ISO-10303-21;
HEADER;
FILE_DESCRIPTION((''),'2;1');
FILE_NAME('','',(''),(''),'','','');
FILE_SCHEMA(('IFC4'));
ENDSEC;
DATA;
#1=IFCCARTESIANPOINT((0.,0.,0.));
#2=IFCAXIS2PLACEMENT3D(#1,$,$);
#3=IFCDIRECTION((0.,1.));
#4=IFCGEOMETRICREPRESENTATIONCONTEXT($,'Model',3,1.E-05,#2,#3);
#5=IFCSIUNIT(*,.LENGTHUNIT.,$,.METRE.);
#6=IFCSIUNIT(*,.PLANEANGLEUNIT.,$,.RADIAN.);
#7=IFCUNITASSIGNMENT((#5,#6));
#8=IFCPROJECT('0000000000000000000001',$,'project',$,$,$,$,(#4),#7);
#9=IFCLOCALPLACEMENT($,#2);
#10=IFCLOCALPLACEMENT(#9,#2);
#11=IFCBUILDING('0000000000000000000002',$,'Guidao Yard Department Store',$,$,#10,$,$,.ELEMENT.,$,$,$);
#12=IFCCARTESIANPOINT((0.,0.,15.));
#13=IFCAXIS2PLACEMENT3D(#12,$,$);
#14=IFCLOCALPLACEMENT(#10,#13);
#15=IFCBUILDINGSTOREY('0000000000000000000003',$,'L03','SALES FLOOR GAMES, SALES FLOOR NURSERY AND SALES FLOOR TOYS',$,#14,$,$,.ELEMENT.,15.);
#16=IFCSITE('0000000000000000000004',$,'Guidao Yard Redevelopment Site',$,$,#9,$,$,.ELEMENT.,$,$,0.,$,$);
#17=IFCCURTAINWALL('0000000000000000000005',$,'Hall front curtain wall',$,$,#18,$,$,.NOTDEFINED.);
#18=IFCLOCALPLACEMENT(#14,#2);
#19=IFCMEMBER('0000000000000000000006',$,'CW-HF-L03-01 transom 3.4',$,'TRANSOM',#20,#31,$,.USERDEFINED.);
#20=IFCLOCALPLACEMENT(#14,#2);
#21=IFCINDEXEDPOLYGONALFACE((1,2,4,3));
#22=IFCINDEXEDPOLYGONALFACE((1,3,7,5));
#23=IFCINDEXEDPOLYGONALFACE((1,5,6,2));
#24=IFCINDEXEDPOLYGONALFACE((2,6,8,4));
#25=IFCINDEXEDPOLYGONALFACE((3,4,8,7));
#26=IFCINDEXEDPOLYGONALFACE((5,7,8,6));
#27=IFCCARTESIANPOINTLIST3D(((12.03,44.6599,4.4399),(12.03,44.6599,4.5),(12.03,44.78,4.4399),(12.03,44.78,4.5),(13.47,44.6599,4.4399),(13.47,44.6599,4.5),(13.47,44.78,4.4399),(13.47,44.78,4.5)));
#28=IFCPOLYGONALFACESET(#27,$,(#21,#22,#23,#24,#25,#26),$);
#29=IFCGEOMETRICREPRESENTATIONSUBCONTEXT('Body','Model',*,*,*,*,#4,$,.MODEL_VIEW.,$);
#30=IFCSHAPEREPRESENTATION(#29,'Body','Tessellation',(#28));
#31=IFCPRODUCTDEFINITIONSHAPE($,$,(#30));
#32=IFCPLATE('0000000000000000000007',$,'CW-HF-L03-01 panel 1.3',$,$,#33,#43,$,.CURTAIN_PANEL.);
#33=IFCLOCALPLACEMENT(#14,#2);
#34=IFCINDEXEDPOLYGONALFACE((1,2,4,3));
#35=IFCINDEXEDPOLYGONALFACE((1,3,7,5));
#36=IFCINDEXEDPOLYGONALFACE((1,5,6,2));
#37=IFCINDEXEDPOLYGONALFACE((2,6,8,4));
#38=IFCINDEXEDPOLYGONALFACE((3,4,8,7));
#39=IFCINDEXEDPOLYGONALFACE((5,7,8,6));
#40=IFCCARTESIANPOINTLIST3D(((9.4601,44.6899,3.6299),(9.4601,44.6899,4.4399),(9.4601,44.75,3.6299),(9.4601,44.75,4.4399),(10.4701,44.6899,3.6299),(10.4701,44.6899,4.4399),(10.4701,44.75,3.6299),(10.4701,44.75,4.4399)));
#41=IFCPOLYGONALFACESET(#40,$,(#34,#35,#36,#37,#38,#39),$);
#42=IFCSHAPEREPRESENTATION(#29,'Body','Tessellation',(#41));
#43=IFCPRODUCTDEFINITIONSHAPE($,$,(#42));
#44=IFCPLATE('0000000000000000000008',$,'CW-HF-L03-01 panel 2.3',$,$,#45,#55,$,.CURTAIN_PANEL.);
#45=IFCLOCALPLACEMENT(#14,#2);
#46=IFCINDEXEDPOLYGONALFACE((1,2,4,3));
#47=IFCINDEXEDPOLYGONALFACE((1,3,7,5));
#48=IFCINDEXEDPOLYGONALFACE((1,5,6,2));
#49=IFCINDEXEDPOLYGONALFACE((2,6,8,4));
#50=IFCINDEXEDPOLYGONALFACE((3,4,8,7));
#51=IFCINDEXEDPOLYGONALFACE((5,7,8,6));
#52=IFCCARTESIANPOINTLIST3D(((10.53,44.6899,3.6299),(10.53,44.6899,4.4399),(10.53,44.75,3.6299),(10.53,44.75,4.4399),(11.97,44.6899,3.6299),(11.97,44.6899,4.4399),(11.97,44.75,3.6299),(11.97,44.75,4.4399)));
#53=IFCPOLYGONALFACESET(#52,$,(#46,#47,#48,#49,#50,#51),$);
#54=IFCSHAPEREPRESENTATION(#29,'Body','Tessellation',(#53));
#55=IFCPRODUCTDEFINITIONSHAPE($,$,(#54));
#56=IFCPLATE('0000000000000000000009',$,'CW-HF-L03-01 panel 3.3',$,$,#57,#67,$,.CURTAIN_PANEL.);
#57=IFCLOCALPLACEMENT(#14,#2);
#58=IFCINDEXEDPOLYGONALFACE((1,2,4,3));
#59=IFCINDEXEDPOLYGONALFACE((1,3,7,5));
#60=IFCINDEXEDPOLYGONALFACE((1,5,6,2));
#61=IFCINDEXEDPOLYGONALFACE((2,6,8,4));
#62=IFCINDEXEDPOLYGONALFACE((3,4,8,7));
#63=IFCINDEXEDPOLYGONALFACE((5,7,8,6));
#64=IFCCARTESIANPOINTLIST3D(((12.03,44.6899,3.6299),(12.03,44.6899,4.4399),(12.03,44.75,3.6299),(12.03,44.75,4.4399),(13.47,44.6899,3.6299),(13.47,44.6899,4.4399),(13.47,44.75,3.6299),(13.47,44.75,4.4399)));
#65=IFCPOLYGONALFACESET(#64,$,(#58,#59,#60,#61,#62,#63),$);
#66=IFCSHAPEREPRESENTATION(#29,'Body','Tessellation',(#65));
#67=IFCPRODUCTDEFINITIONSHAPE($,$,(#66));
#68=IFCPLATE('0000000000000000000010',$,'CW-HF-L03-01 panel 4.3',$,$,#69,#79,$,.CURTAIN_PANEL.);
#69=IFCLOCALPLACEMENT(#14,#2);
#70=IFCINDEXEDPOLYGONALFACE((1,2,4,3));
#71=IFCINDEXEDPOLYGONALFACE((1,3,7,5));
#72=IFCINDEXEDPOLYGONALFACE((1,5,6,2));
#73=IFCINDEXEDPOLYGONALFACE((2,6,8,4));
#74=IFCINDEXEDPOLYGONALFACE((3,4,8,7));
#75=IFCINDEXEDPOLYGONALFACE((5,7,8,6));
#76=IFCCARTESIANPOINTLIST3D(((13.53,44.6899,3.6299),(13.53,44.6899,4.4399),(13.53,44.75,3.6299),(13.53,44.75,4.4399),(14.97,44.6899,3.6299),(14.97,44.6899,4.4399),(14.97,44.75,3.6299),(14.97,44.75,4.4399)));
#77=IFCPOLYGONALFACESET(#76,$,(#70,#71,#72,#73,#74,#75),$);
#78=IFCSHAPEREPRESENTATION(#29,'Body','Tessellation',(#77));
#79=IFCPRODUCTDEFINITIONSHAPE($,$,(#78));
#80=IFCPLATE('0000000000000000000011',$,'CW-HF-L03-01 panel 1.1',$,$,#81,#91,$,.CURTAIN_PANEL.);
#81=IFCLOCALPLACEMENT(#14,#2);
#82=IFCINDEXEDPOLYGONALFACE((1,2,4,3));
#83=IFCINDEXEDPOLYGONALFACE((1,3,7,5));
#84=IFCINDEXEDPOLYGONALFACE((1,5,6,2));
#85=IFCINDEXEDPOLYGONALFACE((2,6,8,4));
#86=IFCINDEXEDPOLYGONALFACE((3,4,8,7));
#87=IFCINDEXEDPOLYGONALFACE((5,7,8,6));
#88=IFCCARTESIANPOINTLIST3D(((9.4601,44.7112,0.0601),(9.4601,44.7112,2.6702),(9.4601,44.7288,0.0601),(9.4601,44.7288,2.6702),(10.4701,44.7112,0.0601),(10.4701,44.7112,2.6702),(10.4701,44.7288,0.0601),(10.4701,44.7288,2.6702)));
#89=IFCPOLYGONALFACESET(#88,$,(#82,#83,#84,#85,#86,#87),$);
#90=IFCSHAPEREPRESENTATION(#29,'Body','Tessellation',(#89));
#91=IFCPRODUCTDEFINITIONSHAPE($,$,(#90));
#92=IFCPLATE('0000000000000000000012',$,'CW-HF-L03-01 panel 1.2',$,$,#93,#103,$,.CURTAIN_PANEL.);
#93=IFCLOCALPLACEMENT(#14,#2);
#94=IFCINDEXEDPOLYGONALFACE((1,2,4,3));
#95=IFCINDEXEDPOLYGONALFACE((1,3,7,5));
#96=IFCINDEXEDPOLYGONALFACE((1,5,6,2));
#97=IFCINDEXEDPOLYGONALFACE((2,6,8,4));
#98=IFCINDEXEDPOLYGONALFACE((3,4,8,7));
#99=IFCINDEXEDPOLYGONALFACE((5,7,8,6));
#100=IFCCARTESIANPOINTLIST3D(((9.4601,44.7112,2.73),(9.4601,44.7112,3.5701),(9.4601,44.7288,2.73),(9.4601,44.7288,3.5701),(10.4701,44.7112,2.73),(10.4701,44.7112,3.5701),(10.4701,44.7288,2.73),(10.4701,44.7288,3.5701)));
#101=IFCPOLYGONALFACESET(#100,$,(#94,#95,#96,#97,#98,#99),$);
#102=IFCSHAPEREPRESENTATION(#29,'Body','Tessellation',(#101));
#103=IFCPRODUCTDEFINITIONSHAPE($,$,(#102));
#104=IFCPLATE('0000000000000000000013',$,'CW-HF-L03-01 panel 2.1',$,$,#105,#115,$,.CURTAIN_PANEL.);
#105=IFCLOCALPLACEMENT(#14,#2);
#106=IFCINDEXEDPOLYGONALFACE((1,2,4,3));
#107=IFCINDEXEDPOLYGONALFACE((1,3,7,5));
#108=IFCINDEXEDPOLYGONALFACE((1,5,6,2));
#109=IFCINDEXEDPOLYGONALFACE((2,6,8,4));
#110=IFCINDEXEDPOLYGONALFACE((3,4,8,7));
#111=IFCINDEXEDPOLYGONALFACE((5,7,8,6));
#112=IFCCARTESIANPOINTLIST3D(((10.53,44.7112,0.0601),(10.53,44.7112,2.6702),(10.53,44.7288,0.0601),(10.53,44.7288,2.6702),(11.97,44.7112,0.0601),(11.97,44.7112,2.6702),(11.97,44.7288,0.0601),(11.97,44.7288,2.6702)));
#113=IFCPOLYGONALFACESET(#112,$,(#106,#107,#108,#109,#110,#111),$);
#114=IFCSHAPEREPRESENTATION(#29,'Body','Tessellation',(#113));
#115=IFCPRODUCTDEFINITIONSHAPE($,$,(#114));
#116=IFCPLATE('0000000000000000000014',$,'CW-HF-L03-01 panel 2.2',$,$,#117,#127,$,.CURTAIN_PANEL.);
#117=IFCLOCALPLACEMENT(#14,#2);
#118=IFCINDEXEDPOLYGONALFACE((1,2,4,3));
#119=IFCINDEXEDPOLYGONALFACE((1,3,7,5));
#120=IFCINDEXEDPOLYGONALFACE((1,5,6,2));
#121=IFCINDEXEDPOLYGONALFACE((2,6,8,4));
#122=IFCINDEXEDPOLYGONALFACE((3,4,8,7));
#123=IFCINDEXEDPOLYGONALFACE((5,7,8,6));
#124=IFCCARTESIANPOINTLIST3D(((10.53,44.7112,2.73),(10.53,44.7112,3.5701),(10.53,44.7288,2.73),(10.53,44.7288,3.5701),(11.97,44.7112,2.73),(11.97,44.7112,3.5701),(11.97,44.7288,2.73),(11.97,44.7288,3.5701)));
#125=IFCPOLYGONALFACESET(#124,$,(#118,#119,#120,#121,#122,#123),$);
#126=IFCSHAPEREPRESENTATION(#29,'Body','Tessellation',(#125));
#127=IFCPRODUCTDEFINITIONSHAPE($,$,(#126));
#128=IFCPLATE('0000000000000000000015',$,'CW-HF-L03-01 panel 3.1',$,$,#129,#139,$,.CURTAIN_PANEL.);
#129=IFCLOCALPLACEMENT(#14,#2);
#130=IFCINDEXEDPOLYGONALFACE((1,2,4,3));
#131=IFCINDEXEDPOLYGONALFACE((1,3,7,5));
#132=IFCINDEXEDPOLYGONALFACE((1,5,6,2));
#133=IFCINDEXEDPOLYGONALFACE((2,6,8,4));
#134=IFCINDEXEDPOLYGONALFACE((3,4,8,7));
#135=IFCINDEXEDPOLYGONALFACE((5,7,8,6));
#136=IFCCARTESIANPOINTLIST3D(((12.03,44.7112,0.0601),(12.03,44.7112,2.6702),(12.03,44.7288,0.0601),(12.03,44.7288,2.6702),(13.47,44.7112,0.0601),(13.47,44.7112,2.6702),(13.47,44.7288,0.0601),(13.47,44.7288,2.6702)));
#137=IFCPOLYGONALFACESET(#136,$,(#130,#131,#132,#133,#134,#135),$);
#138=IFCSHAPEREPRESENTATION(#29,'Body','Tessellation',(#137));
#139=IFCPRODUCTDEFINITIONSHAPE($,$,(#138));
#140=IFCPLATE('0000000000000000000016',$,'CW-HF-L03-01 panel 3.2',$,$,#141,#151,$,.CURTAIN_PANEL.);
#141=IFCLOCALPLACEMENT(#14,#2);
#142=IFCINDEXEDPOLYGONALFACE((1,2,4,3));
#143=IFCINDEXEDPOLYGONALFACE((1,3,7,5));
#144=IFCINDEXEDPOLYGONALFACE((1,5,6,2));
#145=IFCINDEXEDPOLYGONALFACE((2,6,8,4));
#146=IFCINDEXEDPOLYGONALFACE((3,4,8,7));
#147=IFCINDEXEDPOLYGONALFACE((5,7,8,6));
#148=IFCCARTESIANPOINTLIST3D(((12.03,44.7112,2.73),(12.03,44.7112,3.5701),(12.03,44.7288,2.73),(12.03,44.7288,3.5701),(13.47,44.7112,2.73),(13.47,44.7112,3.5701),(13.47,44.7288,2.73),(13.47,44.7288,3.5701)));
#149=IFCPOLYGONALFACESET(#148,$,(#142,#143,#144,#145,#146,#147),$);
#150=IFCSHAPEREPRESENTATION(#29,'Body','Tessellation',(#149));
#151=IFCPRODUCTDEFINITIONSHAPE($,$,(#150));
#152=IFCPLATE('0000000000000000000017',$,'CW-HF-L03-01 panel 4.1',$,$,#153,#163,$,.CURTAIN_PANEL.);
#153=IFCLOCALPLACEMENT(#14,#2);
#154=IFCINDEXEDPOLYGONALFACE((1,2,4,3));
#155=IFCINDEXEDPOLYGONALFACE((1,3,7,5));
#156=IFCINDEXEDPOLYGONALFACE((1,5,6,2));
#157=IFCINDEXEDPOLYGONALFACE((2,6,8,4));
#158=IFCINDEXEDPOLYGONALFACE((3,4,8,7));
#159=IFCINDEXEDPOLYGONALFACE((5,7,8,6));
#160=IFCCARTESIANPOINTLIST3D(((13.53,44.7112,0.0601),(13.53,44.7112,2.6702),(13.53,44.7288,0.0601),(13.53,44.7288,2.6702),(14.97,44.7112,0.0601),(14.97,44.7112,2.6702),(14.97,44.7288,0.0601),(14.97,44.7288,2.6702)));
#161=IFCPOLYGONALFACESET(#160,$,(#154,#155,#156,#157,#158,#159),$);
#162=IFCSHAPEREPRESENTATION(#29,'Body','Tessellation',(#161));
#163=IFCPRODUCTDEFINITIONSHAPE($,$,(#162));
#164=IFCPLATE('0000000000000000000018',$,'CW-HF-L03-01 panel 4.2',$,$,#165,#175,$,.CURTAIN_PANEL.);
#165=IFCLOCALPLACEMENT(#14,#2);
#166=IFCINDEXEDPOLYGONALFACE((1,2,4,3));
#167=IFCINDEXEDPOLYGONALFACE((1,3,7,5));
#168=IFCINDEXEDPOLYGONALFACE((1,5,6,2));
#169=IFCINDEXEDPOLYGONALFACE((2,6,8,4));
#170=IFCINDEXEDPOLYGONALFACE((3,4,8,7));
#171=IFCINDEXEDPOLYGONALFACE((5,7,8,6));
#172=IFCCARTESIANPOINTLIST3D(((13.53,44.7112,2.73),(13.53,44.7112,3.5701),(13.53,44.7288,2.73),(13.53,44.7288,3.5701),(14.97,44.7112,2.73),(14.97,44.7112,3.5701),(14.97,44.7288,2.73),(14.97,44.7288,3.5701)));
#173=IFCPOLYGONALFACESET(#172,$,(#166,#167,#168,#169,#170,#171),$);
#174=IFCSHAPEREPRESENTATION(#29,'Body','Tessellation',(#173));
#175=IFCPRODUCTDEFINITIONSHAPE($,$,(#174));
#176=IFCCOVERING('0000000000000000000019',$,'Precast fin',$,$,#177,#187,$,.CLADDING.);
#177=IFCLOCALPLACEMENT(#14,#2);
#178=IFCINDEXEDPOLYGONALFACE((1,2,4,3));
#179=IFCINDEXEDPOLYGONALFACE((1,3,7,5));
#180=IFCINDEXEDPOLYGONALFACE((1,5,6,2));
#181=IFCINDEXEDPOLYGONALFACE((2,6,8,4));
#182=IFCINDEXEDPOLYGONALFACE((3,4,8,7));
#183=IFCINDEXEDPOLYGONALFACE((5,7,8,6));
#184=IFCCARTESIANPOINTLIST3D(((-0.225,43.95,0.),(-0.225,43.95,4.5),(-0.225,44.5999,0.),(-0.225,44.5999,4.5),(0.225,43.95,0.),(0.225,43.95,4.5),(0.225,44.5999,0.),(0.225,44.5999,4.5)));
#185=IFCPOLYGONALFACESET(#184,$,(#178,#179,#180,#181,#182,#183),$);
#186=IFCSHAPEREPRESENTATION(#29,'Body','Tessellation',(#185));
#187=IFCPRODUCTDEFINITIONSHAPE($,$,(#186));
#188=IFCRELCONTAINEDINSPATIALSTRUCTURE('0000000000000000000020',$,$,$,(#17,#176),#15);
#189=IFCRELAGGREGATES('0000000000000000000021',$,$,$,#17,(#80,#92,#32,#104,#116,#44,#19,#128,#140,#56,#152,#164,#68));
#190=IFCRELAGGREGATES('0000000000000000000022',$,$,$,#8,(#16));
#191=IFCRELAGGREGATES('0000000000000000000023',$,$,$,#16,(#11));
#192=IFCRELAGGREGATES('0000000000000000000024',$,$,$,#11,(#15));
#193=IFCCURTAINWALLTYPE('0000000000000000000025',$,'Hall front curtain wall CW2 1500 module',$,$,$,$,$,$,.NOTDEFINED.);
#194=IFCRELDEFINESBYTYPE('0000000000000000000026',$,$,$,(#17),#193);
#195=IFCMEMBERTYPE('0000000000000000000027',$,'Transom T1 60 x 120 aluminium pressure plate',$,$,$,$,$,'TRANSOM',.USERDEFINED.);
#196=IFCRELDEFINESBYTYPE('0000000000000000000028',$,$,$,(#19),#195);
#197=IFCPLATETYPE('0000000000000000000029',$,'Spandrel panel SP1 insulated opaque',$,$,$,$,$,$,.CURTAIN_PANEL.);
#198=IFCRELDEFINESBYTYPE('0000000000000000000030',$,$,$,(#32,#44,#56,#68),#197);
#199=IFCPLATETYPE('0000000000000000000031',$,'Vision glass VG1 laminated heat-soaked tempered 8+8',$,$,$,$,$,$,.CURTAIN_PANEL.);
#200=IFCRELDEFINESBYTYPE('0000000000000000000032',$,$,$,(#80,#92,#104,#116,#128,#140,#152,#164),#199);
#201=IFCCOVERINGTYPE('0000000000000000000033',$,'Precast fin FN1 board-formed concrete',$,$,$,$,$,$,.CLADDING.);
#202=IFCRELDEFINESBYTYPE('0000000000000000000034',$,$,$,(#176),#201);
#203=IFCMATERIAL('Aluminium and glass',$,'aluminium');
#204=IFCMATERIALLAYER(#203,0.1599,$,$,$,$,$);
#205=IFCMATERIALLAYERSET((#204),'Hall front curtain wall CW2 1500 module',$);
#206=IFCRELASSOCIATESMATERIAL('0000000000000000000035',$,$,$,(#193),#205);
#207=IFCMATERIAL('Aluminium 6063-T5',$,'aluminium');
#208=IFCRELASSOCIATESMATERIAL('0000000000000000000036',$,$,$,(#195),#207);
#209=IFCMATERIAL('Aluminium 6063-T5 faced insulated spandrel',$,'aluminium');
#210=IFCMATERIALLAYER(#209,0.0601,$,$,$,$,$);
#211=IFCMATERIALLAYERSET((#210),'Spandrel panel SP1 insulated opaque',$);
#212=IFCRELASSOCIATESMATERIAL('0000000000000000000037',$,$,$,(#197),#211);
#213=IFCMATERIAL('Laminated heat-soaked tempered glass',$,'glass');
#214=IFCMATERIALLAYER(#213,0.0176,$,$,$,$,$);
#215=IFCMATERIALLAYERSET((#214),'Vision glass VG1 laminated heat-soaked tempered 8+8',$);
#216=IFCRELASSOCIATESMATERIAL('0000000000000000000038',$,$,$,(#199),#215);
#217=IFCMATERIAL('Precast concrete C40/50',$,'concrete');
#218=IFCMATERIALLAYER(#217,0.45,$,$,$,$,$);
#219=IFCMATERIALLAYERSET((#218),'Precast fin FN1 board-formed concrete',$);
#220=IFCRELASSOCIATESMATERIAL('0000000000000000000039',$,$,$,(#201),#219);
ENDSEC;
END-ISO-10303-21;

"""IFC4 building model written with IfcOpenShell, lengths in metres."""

from ifc_helpers import new_model, si_unit, direction, frame, origin, origin_2d, place, context, subcontext, project, spatial, rectangle, extrude, material, layer, layer_set, material_profile, profile_set, type_object, element, aggregate, save


model = new_model("IFC4")

# Units and contexts
model_context = context("Model", 3, precision=1e-05, world=origin(), true_north=direction((0.0, 1.0)))
body_context = subcontext(model_context, "Body", "Model", "MODEL_VIEW")
ifc_project = project(units=[si_unit("LENGTHUNIT", "METRE"), si_unit("PLANEANGLEUNIT", "RADIAN")], contexts=[model_context])

# Site, building, storey
site_placement = place(None, origin())
site = spatial("IfcSite", under=ifc_project, at=site_placement, Name="Guidao Yard Redevelopment Site", CompositionType="ELEMENT", RefElevation=0.0)
building_placement = place(site_placement, origin())
building = spatial("IfcBuilding", under=site, at=building_placement, Name="Guidao Yard Department Store", CompositionType="ELEMENT")
storey_placement = place(building_placement, frame((0.0, 0.0, 15.0)))
storey = spatial("IfcBuildingStorey", under=building, at=storey_placement, Name="L03", Description="SALES FLOOR GAMES, SALES FLOOR NURSERY AND SALES FLOOR TOYS", CompositionType="ELEMENT", Elevation=15.0)

# Curtain wall, member, plates
ifc_material_1 = material(Name="Aluminium and glass", Category="aluminium")
ifc_layer_1 = layer(ifc_material_1, 0.1599)
ifc_layer_set_1 = layer_set([ifc_layer_1], Name="Hall front curtain wall CW2 1500 module")
curtain_wall_type = type_object("IfcCurtainWallType", Name="Hall front curtain wall CW2 1500 module", PredefinedType="NOTDEFINED", material=ifc_layer_set_1)
curtain_wall_placement = place(storey_placement, origin())
curtain_wall = element("IfcCurtainWall", 1, at=curtain_wall_placement, inside=storey, type_object=curtain_wall_type, Name="Hall front curtain wall", PredefinedType="NOTDEFINED")
ifc_material_2 = material(Name="Aluminium 6063-T5", Category="aluminium")
ifc_material_profile_1 = material_profile(ifc_material_2, rectangle(XDim=0.1201, YDim=0.0601, at=origin_2d()), Name="Transom T1 60 x 120 aluminium pressure plate")
ifc_profile_set_1 = profile_set([ifc_material_profile_1], Name="Aluminium 6063-T5")
member_type_1 = type_object("IfcMemberType", Name="Transom T1 60 x 120 aluminium pressure plate", ElementType="TRANSOM", PredefinedType="USERDEFINED", material=ifc_profile_set_1)
member_1_placement = place(storey_placement, frame((13.47, 44.72, 4.47), z_axis=(-1.0, 0.0, 0.0), x_axis=(0.0, -1.0, 0.0)))
member_1 = element("IfcMember", 2, at=member_1_placement, type_object=member_type_1, Name="CW-HF-L03-01 transom 3.4", ObjectType="TRANSOM", PredefinedType="USERDEFINED", context=body_context, shape_type="SweptSolid", body=[
    extrude(rectangle(XDim=0.1201, YDim=0.0601, at=origin_2d()), origin(), (0.0, 0.0, 1.0), 1.4399),
])
ifc_material_3 = material(Name="Aluminium 6063-T5 faced insulated spandrel", Category="aluminium")
ifc_layer_2 = layer(ifc_material_3, 0.0601)
ifc_layer_set_2 = layer_set([ifc_layer_2], Name="Spandrel panel SP1 insulated opaque")
plate_type_1 = type_object("IfcPlateType", Name="Spandrel panel SP1 insulated opaque", PredefinedType="CURTAIN_PANEL", material=ifc_layer_set_2)
plate_1_placement = place(storey_placement, frame((9.9651, 44.72, 3.6299), z_axis=(0.0, 0.0, 1.0), x_axis=(-1.0, 0.0, 0.0)))
plate_1 = element("IfcPlate", 3, at=plate_1_placement, type_object=plate_type_1, Name="CW-HF-L03-01 panel 1.3", PredefinedType="CURTAIN_PANEL", context=body_context, shape_type="SweptSolid", body=[
    extrude(rectangle(XDim=1.01, YDim=0.0601, at=origin_2d()), origin(), (0.0, 0.0, 1.0), 0.8101),
])
plate_2_placement = place(storey_placement, frame((11.25, 44.72, 3.6299), z_axis=(0.0, 0.0, 1.0), x_axis=(-1.0, 0.0, 0.0)))
plate_2 = element("IfcPlate", 4, at=plate_2_placement, type_object=plate_type_1, Name="CW-HF-L03-01 panel 2.3", PredefinedType="CURTAIN_PANEL", context=body_context, shape_type="SweptSolid", body=[
    extrude(rectangle(XDim=1.4399, YDim=0.0601, at=origin_2d()), origin(), (0.0, 0.0, 1.0), 0.8101),
])
plate_3_placement = place(storey_placement, frame((12.75, 44.72, 3.6299), z_axis=(0.0, 0.0, 1.0), x_axis=(-1.0, 0.0, 0.0)))
plate_3 = element("IfcPlate", 5, at=plate_3_placement, type_object=plate_type_1, Name="CW-HF-L03-01 panel 3.3", PredefinedType="CURTAIN_PANEL", context=body_context, shape_type="SweptSolid", body=[
    extrude(rectangle(XDim=1.4399, YDim=0.0601, at=origin_2d()), origin(), (0.0, 0.0, 1.0), 0.8101),
])
plate_4_placement = place(storey_placement, frame((14.25, 44.72, 3.6299), z_axis=(0.0, 0.0, 1.0), x_axis=(-1.0, 0.0, 0.0)))
plate_4 = element("IfcPlate", 6, at=plate_4_placement, type_object=plate_type_1, Name="CW-HF-L03-01 panel 4.3", PredefinedType="CURTAIN_PANEL", context=body_context, shape_type="SweptSolid", body=[
    extrude(rectangle(XDim=1.4399, YDim=0.0601, at=origin_2d()), origin(), (0.0, 0.0, 1.0), 0.8101),
])
ifc_material_4 = material(Name="Laminated heat-soaked tempered glass", Category="glass")
ifc_layer_3 = layer(ifc_material_4, 0.0176)
ifc_layer_set_3 = layer_set([ifc_layer_3], Name="Vision glass VG1 laminated heat-soaked tempered 8+8")
plate_type_2 = type_object("IfcPlateType", Name="Vision glass VG1 laminated heat-soaked tempered 8+8", PredefinedType="CURTAIN_PANEL", material=ifc_layer_set_3)
plate_5_placement = place(storey_placement, frame((9.9651, 44.72, 0.0601), z_axis=(0.0, 0.0, 1.0), x_axis=(-1.0, 0.0, 0.0)))
plate_5 = element("IfcPlate", 7, at=plate_5_placement, type_object=plate_type_2, Name="CW-HF-L03-01 panel 1.1", PredefinedType="CURTAIN_PANEL", context=body_context, shape_type="SweptSolid", body=[
    extrude(rectangle(XDim=1.01, YDim=0.0176, at=origin_2d()), origin(), (0.0, 0.0, 1.0), 2.6101),
])
plate_6_placement = place(storey_placement, frame((9.9651, 44.72, 2.73), z_axis=(0.0, 0.0, 1.0), x_axis=(-1.0, 0.0, 0.0)))
plate_6 = element("IfcPlate", 8, at=plate_6_placement, type_object=plate_type_2, Name="CW-HF-L03-01 panel 1.2", PredefinedType="CURTAIN_PANEL", context=body_context, shape_type="SweptSolid", body=[
    extrude(rectangle(XDim=1.01, YDim=0.0176, at=origin_2d()), origin(), (0.0, 0.0, 1.0), 0.8401),
])
plate_7_placement = place(storey_placement, frame((11.25, 44.72, 0.0601), z_axis=(0.0, 0.0, 1.0), x_axis=(-1.0, 0.0, 0.0)))
plate_7 = element("IfcPlate", 9, at=plate_7_placement, type_object=plate_type_2, Name="CW-HF-L03-01 panel 2.1", PredefinedType="CURTAIN_PANEL", context=body_context, shape_type="SweptSolid", body=[
    extrude(rectangle(XDim=1.4399, YDim=0.0176, at=origin_2d()), origin(), (0.0, 0.0, 1.0), 2.6101),
])
plate_8_placement = place(storey_placement, frame((11.25, 44.72, 2.73), z_axis=(0.0, 0.0, 1.0), x_axis=(-1.0, 0.0, 0.0)))
plate_8 = element("IfcPlate", 10, at=plate_8_placement, type_object=plate_type_2, Name="CW-HF-L03-01 panel 2.2", PredefinedType="CURTAIN_PANEL", context=body_context, shape_type="SweptSolid", body=[
    extrude(rectangle(XDim=1.4399, YDim=0.0176, at=origin_2d()), origin(), (0.0, 0.0, 1.0), 0.8401),
])
plate_9_placement = place(storey_placement, frame((12.75, 44.72, 0.0601), z_axis=(0.0, 0.0, 1.0), x_axis=(-1.0, 0.0, 0.0)))
plate_9 = element("IfcPlate", 11, at=plate_9_placement, type_object=plate_type_2, Name="CW-HF-L03-01 panel 3.1", PredefinedType="CURTAIN_PANEL", context=body_context, shape_type="SweptSolid", body=[
    extrude(rectangle(XDim=1.4399, YDim=0.0176, at=origin_2d()), origin(), (0.0, 0.0, 1.0), 2.6101),
])
plate_10_placement = place(storey_placement, frame((12.75, 44.72, 2.73), z_axis=(0.0, 0.0, 1.0), x_axis=(-1.0, 0.0, 0.0)))
plate_10 = element("IfcPlate", 12, at=plate_10_placement, type_object=plate_type_2, Name="CW-HF-L03-01 panel 3.2", PredefinedType="CURTAIN_PANEL", context=body_context, shape_type="SweptSolid", body=[
    extrude(rectangle(XDim=1.4399, YDim=0.0176, at=origin_2d()), origin(), (0.0, 0.0, 1.0), 0.8401),
])
plate_11_placement = place(storey_placement, frame((14.25, 44.72, 0.0601), z_axis=(0.0, 0.0, 1.0), x_axis=(-1.0, 0.0, 0.0)))
plate_11 = element("IfcPlate", 13, at=plate_11_placement, type_object=plate_type_2, Name="CW-HF-L03-01 panel 4.1", PredefinedType="CURTAIN_PANEL", context=body_context, shape_type="SweptSolid", body=[
    extrude(rectangle(XDim=1.4399, YDim=0.0176, at=origin_2d()), origin(), (0.0, 0.0, 1.0), 2.6101),
])
plate_12_placement = place(storey_placement, frame((14.25, 44.72, 2.73), z_axis=(0.0, 0.0, 1.0), x_axis=(-1.0, 0.0, 0.0)))
plate_12 = element("IfcPlate", 14, at=plate_12_placement, type_object=plate_type_2, Name="CW-HF-L03-01 panel 4.2", PredefinedType="CURTAIN_PANEL", context=body_context, shape_type="SweptSolid", body=[
    extrude(rectangle(XDim=1.4399, YDim=0.0176, at=origin_2d()), origin(), (0.0, 0.0, 1.0), 0.8401),
])
aggregate(curtain_wall, [plate_5, plate_6, plate_1, plate_7, plate_8, plate_2, member_1, plate_9, plate_10, plate_3, plate_11, plate_12, plate_4])

# Covering
ifc_material_5 = material(Name="Precast concrete C40/50", Category="concrete")
ifc_layer_4 = layer(ifc_material_5, 0.45)
ifc_layer_set_4 = layer_set([ifc_layer_4], Name="Precast fin FN1 board-formed concrete")
covering_type = type_object("IfcCoveringType", Name="Precast fin FN1 board-formed concrete", PredefinedType="CLADDING", material=ifc_layer_set_4)
covering_1_placement = place(storey_placement, frame((0.0, 44.2749, 0.0), z_axis=(0.0, 0.0, 1.0), x_axis=(-1.0, 0.0, 0.0)))
element("IfcCovering", 15, at=covering_1_placement, inside=storey, type_object=covering_type, Name="Precast fin", PredefinedType="CLADDING", context=body_context, shape_type="SweptSolid", body=[
    extrude(rectangle(XDim=0.45, YDim=0.6499, at=origin_2d()), origin(), (0.0, 0.0, 1.0), 4.5),
])

save(model, "model.ifc")
